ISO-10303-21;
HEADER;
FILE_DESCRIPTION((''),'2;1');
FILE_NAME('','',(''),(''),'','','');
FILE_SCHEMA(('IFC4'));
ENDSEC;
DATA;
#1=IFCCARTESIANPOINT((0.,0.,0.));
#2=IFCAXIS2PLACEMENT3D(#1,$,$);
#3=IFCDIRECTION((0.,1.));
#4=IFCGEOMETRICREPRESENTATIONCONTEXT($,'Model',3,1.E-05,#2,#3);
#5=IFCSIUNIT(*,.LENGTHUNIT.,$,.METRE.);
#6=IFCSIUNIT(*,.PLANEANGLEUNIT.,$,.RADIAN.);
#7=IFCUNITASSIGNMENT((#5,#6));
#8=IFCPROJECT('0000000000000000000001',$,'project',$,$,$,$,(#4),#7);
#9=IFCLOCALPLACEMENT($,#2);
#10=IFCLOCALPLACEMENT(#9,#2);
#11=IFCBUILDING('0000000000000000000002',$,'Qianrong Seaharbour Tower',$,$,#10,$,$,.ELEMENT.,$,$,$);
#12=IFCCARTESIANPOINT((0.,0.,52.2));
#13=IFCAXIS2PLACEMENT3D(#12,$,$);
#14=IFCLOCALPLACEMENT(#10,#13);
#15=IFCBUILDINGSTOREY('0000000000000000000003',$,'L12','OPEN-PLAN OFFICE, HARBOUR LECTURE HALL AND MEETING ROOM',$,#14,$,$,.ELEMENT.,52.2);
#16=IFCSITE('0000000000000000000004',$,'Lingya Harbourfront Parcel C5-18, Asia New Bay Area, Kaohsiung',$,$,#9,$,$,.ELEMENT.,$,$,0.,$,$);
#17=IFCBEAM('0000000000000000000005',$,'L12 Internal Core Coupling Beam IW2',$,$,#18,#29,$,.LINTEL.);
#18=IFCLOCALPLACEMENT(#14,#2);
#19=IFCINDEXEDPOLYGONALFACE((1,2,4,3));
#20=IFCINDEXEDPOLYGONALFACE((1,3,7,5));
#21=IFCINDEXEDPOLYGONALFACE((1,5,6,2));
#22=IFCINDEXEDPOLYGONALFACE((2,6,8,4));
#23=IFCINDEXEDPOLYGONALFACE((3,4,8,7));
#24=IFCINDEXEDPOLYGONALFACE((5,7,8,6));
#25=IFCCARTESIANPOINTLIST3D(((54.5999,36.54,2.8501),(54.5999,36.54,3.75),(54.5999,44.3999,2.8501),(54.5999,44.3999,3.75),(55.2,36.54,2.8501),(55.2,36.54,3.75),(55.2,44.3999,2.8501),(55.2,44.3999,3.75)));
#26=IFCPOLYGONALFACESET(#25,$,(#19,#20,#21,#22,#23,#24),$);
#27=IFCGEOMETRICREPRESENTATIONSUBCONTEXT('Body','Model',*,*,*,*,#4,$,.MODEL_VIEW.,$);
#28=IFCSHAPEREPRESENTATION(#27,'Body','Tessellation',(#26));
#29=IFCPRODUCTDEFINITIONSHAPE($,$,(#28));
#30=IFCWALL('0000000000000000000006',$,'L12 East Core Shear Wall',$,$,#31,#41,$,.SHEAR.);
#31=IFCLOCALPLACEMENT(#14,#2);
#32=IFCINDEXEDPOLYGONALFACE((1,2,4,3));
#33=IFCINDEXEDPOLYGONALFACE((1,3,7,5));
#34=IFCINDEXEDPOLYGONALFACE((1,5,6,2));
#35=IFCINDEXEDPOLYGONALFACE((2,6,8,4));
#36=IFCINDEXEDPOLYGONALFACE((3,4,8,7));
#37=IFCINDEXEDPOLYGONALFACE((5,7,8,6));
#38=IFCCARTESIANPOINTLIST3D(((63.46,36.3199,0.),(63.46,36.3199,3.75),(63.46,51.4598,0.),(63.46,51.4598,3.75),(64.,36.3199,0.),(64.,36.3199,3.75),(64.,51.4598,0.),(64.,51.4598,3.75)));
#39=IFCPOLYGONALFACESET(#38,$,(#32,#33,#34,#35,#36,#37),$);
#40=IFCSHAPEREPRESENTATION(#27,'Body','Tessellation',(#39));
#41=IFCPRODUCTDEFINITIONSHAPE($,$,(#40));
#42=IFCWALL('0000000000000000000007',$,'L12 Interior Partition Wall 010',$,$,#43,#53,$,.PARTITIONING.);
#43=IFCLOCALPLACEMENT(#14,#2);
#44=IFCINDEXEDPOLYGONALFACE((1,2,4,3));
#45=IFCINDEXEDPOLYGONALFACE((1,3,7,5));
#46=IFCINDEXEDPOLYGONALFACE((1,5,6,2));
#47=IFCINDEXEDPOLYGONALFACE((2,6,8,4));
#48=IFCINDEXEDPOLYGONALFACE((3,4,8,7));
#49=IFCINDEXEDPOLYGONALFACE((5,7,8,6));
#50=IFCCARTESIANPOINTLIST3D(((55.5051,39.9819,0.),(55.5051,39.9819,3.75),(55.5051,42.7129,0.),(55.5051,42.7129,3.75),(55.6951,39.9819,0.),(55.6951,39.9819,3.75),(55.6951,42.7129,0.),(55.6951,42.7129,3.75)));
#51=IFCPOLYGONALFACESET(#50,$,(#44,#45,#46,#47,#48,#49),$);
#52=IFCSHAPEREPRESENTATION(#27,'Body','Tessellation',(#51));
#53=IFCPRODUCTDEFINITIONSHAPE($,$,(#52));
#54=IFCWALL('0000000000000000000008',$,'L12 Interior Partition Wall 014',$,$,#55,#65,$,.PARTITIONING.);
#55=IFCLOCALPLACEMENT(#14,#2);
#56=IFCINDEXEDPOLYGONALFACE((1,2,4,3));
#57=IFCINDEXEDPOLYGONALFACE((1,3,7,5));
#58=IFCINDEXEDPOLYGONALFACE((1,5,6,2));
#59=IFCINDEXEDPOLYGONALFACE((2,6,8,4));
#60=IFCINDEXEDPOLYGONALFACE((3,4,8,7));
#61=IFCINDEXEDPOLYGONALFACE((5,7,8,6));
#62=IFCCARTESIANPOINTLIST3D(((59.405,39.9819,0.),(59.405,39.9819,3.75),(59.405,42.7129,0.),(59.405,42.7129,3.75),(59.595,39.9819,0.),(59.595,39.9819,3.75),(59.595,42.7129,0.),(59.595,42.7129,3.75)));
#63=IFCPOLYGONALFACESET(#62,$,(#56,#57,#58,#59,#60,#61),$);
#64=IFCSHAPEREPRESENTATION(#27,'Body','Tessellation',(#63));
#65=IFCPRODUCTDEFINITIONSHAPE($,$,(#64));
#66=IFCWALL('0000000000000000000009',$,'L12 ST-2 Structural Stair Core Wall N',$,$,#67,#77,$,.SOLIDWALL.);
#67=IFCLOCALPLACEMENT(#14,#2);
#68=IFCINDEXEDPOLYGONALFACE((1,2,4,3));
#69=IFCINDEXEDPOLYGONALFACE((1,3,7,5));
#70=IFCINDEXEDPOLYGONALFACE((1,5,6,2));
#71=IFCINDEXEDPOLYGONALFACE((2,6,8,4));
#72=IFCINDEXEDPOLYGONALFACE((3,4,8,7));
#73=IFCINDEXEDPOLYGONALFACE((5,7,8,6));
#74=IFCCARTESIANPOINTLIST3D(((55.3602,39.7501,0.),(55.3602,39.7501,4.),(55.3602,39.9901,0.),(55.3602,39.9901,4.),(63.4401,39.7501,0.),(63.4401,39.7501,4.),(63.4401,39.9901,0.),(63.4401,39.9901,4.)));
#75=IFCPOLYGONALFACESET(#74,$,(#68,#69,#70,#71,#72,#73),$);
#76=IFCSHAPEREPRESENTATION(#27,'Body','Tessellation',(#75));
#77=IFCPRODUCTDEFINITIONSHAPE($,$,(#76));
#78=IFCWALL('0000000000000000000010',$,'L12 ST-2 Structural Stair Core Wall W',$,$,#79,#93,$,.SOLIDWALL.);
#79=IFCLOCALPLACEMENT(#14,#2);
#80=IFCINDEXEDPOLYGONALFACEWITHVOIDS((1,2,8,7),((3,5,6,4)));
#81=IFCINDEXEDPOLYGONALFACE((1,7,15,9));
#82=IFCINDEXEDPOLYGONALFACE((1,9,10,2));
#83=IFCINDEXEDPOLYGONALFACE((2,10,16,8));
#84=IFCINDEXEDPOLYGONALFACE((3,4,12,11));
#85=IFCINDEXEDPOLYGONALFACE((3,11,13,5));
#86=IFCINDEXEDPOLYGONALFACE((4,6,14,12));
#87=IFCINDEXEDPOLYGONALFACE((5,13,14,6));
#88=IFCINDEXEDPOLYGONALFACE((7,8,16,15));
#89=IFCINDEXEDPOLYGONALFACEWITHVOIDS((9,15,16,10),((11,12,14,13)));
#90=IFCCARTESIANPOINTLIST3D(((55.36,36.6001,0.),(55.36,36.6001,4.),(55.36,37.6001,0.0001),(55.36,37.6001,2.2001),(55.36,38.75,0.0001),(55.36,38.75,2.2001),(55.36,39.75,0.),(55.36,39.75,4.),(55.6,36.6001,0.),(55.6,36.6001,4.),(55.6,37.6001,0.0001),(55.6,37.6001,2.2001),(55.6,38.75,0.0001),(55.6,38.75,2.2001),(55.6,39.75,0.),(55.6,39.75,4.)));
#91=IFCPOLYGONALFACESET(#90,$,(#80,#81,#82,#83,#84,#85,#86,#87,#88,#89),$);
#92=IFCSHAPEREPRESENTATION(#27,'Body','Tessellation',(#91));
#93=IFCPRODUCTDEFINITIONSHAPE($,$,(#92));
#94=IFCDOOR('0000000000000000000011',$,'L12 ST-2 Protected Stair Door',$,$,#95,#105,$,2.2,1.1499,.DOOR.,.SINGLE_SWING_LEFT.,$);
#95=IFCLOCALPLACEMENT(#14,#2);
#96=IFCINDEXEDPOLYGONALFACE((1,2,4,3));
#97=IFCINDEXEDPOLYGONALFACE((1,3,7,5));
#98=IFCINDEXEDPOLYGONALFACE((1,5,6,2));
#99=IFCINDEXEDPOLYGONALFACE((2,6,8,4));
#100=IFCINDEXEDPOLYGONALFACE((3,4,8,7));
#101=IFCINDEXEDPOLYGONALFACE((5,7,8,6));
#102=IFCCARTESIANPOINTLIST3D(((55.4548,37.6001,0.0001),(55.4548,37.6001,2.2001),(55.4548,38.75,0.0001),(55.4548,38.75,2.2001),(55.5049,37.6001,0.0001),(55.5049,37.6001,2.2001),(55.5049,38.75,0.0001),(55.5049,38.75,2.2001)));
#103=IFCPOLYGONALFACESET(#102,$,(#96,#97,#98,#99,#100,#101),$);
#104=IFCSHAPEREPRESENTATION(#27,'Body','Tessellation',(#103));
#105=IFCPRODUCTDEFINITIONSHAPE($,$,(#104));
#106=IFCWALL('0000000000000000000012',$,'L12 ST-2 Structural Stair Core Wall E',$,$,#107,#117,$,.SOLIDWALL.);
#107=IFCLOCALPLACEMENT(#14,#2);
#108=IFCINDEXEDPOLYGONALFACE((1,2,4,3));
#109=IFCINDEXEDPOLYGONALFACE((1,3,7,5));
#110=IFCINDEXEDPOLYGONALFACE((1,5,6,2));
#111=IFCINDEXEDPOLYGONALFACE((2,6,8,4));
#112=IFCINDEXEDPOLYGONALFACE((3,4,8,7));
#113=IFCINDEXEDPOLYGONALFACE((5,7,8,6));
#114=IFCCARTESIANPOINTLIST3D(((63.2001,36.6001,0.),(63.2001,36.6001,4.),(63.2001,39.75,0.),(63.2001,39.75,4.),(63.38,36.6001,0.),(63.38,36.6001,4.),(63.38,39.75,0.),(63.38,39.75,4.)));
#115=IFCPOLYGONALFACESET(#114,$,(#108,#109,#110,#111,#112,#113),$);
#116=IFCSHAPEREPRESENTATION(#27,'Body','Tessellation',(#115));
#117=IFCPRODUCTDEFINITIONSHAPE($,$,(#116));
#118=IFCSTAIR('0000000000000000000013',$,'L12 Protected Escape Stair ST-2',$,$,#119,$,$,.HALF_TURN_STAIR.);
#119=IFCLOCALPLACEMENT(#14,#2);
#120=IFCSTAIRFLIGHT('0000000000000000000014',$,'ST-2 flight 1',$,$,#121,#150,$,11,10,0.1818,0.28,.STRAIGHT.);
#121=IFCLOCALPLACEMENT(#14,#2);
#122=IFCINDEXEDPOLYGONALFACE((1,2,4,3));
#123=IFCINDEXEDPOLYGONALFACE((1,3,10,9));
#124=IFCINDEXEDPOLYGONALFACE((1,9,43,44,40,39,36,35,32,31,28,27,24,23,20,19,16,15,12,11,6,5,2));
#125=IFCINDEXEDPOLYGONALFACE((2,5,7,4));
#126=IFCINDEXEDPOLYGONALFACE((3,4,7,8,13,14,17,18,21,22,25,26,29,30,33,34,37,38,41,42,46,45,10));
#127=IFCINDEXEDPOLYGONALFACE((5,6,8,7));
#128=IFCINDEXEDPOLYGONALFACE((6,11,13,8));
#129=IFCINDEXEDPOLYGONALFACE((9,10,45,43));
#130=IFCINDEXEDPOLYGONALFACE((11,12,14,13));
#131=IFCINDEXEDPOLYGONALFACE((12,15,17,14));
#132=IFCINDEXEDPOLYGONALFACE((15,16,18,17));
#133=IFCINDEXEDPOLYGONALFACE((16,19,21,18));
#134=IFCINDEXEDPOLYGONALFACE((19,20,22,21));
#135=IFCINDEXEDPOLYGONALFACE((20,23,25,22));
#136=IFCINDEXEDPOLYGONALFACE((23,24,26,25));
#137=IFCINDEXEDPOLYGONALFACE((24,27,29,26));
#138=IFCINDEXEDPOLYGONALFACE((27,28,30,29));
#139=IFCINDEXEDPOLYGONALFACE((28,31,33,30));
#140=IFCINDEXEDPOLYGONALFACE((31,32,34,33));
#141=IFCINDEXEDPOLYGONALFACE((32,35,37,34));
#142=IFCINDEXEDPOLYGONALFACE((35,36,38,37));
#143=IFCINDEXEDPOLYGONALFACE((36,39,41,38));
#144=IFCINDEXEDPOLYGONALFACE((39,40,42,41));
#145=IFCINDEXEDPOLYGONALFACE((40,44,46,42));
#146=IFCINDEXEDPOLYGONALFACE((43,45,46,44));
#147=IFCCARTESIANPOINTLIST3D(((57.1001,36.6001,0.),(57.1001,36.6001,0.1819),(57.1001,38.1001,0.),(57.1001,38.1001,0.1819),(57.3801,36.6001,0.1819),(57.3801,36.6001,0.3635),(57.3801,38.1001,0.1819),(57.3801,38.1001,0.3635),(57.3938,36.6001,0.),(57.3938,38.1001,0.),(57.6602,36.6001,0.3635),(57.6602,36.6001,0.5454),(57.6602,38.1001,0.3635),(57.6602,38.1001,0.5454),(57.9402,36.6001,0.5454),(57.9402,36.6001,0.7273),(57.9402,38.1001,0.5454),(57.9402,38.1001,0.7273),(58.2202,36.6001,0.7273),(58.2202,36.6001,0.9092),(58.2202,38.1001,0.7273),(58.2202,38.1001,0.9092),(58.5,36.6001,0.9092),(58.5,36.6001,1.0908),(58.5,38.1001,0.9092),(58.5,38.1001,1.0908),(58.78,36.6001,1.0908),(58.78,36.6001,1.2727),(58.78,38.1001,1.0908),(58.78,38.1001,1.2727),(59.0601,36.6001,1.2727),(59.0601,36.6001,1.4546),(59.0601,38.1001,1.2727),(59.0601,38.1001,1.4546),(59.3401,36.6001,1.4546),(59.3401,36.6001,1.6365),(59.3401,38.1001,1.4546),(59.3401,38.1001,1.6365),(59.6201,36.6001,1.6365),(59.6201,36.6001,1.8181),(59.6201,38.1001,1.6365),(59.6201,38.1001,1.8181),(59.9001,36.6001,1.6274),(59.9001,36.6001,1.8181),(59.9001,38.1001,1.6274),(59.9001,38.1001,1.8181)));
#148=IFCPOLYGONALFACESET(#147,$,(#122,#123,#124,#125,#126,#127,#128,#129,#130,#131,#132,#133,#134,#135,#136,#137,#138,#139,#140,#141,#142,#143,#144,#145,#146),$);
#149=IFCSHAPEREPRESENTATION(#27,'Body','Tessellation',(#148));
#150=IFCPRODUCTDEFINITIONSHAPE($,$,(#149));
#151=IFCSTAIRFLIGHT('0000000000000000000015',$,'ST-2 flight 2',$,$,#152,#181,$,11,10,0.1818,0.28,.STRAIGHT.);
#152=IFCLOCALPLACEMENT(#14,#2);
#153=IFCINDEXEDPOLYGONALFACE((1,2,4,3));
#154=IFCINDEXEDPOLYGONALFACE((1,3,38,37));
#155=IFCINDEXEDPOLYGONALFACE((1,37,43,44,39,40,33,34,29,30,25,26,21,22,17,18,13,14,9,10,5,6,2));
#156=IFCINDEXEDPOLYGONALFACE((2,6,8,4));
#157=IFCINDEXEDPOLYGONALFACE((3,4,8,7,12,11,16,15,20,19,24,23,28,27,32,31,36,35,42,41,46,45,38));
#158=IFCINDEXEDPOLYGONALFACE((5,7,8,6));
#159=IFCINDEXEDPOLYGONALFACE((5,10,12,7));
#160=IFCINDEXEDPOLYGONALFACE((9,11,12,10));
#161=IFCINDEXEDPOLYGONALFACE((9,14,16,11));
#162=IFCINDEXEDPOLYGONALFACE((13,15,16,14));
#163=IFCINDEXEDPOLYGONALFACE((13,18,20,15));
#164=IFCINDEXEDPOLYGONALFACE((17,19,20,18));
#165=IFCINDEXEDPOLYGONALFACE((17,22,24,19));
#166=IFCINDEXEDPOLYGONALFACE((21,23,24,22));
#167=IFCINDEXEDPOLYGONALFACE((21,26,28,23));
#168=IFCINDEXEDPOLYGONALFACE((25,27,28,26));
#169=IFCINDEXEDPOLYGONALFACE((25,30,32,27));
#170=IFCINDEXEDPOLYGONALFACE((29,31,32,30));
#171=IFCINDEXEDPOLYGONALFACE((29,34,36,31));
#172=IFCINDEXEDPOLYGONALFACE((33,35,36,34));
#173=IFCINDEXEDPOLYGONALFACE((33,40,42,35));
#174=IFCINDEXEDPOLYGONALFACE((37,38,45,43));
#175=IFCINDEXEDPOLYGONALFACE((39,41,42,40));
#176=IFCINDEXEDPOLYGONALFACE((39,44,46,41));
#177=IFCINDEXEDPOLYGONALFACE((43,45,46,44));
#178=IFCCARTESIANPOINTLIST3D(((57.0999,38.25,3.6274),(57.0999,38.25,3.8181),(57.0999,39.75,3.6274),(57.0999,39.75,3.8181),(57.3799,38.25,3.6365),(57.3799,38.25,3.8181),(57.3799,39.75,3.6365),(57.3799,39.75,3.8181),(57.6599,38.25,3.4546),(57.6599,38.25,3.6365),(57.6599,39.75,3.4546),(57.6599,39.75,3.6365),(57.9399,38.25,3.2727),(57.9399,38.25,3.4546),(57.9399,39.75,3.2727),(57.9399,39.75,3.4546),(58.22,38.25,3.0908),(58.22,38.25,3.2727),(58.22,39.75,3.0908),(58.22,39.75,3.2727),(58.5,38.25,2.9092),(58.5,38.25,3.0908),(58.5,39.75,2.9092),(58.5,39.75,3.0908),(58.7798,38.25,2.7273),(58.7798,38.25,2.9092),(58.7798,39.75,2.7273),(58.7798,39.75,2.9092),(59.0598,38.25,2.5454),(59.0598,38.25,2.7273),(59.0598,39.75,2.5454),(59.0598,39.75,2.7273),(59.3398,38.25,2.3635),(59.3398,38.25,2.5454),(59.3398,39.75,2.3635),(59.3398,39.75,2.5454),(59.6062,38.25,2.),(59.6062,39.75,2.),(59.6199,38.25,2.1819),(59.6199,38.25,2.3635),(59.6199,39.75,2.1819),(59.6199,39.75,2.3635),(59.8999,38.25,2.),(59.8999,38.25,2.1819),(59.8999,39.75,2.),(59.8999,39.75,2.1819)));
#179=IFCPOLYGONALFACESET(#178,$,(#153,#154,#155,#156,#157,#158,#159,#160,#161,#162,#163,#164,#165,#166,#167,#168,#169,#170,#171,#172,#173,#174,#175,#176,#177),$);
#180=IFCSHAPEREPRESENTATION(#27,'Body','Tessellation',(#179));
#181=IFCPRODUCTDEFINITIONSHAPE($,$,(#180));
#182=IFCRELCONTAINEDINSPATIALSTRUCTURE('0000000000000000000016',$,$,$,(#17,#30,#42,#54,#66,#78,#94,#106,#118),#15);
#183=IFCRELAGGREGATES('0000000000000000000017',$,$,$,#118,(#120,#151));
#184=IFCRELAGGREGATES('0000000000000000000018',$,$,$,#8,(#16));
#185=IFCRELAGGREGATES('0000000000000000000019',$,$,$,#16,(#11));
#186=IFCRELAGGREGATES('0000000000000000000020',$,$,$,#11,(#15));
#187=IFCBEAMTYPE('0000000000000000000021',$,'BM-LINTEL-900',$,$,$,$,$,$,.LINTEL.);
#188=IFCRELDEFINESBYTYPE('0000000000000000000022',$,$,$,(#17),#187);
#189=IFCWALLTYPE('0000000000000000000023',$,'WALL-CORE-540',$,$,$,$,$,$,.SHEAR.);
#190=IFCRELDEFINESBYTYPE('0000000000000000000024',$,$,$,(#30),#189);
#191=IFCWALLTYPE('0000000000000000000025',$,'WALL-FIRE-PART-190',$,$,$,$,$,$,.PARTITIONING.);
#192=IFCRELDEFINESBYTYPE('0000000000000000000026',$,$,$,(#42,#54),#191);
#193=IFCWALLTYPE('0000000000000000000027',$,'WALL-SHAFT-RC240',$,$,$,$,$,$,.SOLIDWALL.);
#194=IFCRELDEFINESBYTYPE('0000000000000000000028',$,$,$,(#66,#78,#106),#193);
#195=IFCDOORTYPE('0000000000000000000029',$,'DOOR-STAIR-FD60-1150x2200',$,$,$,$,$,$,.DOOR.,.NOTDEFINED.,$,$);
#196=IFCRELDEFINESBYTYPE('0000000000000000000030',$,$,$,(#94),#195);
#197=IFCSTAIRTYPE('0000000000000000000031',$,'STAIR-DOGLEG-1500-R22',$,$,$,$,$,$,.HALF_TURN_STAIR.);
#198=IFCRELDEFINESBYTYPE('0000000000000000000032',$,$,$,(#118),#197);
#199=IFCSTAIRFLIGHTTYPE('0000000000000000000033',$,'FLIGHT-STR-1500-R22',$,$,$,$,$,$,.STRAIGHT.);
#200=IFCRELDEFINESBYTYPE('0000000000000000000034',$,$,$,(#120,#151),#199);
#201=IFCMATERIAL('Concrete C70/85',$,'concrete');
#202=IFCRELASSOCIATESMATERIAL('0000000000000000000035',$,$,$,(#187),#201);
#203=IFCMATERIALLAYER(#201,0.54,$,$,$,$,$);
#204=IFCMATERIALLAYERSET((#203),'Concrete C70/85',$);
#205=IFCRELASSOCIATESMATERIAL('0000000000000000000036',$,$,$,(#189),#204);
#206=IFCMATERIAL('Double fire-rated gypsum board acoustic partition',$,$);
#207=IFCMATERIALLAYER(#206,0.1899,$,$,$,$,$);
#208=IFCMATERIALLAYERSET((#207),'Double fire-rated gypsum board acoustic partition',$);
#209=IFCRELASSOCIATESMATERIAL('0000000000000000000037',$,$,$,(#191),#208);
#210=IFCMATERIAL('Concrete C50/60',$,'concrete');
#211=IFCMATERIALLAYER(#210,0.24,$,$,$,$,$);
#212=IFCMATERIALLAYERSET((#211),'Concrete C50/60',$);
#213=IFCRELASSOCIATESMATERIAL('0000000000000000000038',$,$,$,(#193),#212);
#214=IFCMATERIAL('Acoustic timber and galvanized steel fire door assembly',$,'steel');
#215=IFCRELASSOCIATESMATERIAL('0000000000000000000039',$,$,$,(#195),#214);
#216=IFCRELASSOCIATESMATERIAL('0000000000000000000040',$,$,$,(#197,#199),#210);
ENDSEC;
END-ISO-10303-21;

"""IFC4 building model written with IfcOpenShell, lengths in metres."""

from ifc_helpers import new_model, si_unit, direction, frame, frame_2d, origin, origin_2d, place, context, subcontext, project, spatial, polyline, rectangle, outline, extrude, material, layer, layer_set, material_profile, profile_set, type_object, element, fill, aggregate, save


model = new_model("IFC4")

# Units and contexts
model_context = context("Model", 3, precision=1e-05, world=origin(), true_north=direction((0.0, 1.0)))
body_context = subcontext(model_context, "Body", "Model", "MODEL_VIEW")
ifc_project = project(units=[si_unit("LENGTHUNIT", "METRE"), si_unit("PLANEANGLEUNIT", "RADIAN")], contexts=[model_context])

# Site, building, storey
site_placement = place(None, origin())
site = spatial("IfcSite", under=ifc_project, at=site_placement, Name="Lingya Harbourfront Parcel C5-18, Asia New Bay Area, Kaohsiung", CompositionType="ELEMENT", RefElevation=0.0)
building_placement = place(site_placement, origin())
building = spatial("IfcBuilding", under=site, at=building_placement, Name="Qianrong Seaharbour Tower", CompositionType="ELEMENT")
storey_placement = place(building_placement, frame((0.0, 0.0, 52.2)))
storey = spatial("IfcBuildingStorey", under=building, at=storey_placement, Name="L12", Description="OPEN-PLAN OFFICE, HARBOUR LECTURE HALL AND MEETING ROOM", CompositionType="ELEMENT", Elevation=52.2)

# Beam
ifc_material_1 = material(Name="Concrete C70/85", Category="concrete")
ifc_material_profile = material_profile(ifc_material_1, rectangle(XDim=0.6001, YDim=0.8999, at=origin_2d()), Name="RC600x900")
ifc_profile_set = profile_set([ifc_material_profile], Name="Concrete C70/85")
beam_type = type_object("IfcBeamType", Name="BM-LINTEL-900", PredefinedType="LINTEL", material=ifc_profile_set)
beam_placement = place(storey_placement, frame((54.8999, 36.54, 3.3), z_axis=(0.0, 1.0, 0.0), x_axis=(-1.0, 0.0, 0.0)))
element("IfcBeam", 1, at=beam_placement, inside=storey, type_object=beam_type, Name="L12 Internal Core Coupling Beam IW2", PredefinedType="LINTEL", context=body_context, shape_type="SweptSolid", body=[
    extrude(rectangle(XDim=0.6001, YDim=0.8999, at=origin_2d()), origin(), (0.0, 0.0, 1.0), 7.8599),
])

# Walls
ifc_layer_1 = layer(ifc_material_1, 0.54)
ifc_layer_set_1 = layer_set([ifc_layer_1], Name="Concrete C70/85")
wall_type_1 = type_object("IfcWallType", Name="WALL-CORE-540", PredefinedType="SHEAR", material=ifc_layer_set_1)
wall_1_placement = place(storey_placement, frame((63.73, 36.3201, 0.0), z_axis=(0.0, 0.0, 1.0), x_axis=(0.0, 1.0, 0.0)))
element("IfcWall", 2, at=wall_1_placement, inside=storey, type_object=wall_type_1, Name="L12 East Core Shear Wall", PredefinedType="SHEAR", context=body_context, shape_type="SweptSolid", body=[
    extrude(rectangle(XDim=15.1399, YDim=0.54, at=frame_2d((7.5698, 0.0))), origin(), (0.0, 0.0, 1.0), 3.75),
])
ifc_material_2 = material(Name="Double fire-rated gypsum board acoustic partition")
ifc_layer_2 = layer(ifc_material_2, 0.1899)
ifc_layer_set_2 = layer_set([ifc_layer_2], Name="Double fire-rated gypsum board acoustic partition")
wall_type_2 = type_object("IfcWallType", Name="WALL-FIRE-PART-190", PredefinedType="PARTITIONING", material=ifc_layer_set_2)
for number, where, z_axis, x_axis, name in (
    (3, (55.6001, 42.7129, 0.0), (0.0, 0.0, 1.0), (0.0, -1.0, 0.0), "L12 Interior Partition Wall 010"),
    (4, (59.5, 42.7129, 0.0), (0.0, 0.0, 1.0), (0.0, -1.0, 0.0), "L12 Interior Partition Wall 014"),
):
    element("IfcWall", number, at=place(storey_placement, frame(where, z_axis=z_axis, x_axis=x_axis)), inside=storey, type_object=wall_type_2, Name=name, PredefinedType="PARTITIONING", context=body_context, shape_type="SweptSolid", body=[
        extrude(rectangle(XDim=2.731, YDim=0.1899, at=frame_2d((1.3655, 0.0))), origin(), (0.0, 0.0, 1.0), 3.75),
    ])
ifc_material_3 = material(Name="Concrete C50/60", Category="concrete")
ifc_layer_3 = layer(ifc_material_3, 0.24)
ifc_layer_set_3 = layer_set([ifc_layer_3], Name="Concrete C50/60")
wall_type_3 = type_object("IfcWallType", Name="WALL-SHAFT-RC240", PredefinedType="SOLIDWALL", material=ifc_layer_set_3)
wall_2_placement = place(storey_placement, frame((55.3601, 39.8701, 0.0), z_axis=(0.0, 0.0, 1.0), x_axis=(1.0, 0.0, 0.0)))
element("IfcWall", 5, at=wall_2_placement, inside=storey, type_object=wall_type_3, Name="L12 ST-2 Structural Stair Core Wall N", PredefinedType="SOLIDWALL", context=body_context, shape_type="SweptSolid", body=[
    extrude(rectangle(XDim=8.0798, YDim=0.24, at=frame_2d((4.04, 0.0))), origin(), (0.0, 0.0, 1.0), 4.0),
])

# Wall, opening, door
wall_3_placement = place(storey_placement, frame((55.48, 39.75, 0.0), z_axis=(0.0, 0.0, 1.0), x_axis=(0.0, -1.0, 0.0)))
wall_3 = element("IfcWall", 6, at=wall_3_placement, inside=storey, type_object=wall_type_3, Name="L12 ST-2 Structural Stair Core Wall W", PredefinedType="SOLIDWALL", context=body_context, shape_type="SweptSolid", body=[
    extrude(rectangle(XDim=3.1499, YDim=0.24, at=frame_2d((1.575, 0.0))), origin(), (0.0, 0.0, 1.0), 4.0),
])
opening_placement = place(wall_3_placement, frame((1.0, 0.0, 0.0)))
opening = element("IfcOpeningElement", 7, at=opening_placement, cuts=wall_3, PredefinedType="OPENING", context=body_context, shape_type="SweptSolid", body=[
    extrude(rectangle(XDim=1.1499, YDim=2.2, at=frame_2d((0.575, 1.1001))), frame((0.0, 0.1299, 0.0), z_axis=(0.0, -1.0, 0.0), x_axis=(1.0, 0.0, 0.0)), (0.0, 0.0, 1.0), 0.26),
])
ifc_material_4 = material(Name="Acoustic timber and galvanized steel fire door assembly", Category="steel")
door_type = type_object("IfcDoorType", Name="DOOR-STAIR-FD60-1150x2200", OperationType="NOTDEFINED", PredefinedType="DOOR", material=ifc_material_4)
door_placement = place(opening_placement, origin())
door = element("IfcDoor", 8, at=door_placement, inside=storey, type_object=door_type, Name="L12 ST-2 Protected Stair Door", OperationType="SINGLE_SWING_LEFT", OverallHeight=2.2, OverallWidth=1.1499, PredefinedType="DOOR", context=body_context, shape_type="SweptSolid", body=[
    extrude(rectangle(XDim=1.1499, YDim=2.2, at=frame_2d((0.575, 1.1001))), frame((0.0, 0.0249, 0.0), z_axis=(0.0, -1.0, 0.0), x_axis=(1.0, 0.0, 0.0)), (0.0, 0.0, 1.0), 0.05),
])
fill(opening, door)

# Wall
wall_4_placement = place(storey_placement, frame((63.29, 36.6001, 0.0), z_axis=(0.0, 0.0, 1.0), x_axis=(0.0, 1.0, 0.0)))
element("IfcWall", 9, at=wall_4_placement, inside=storey, type_object=wall_type_3, Name="L12 ST-2 Structural Stair Core Wall E", PredefinedType="SOLIDWALL", context=body_context, shape_type="SweptSolid", body=[
    extrude(rectangle(XDim=3.1499, YDim=0.1799, at=frame_2d((1.575, 0.0))), origin(), (0.0, 0.0, 1.0), 4.0),
])

# Stair, stair flights
stair_type = type_object("IfcStairType", Name="STAIR-DOGLEG-1500-R22", PredefinedType="HALF_TURN_STAIR", material=ifc_material_3)
stair_placement = place(storey_placement, origin())
stair = element("IfcStair", 10, at=stair_placement, inside=storey, type_object=stair_type, Name="L12 Protected Escape Stair ST-2", PredefinedType="HALF_TURN_STAIR")
stair_flight_type = type_object("IfcStairFlightType", Name="FLIGHT-STR-1500-R22", PredefinedType="STRAIGHT", material=ifc_material_3)
stair_flight_1_placement = place(storey_placement, frame((57.1001, 37.3501, 0.0), z_axis=(0.0, 0.0, 1.0), x_axis=(1.0, 0.0, 0.0)))
stair_flight_1 = element("IfcStairFlight", 11, at=stair_flight_1_placement, type_object=stair_flight_type, Name="ST-2 flight 1", NumberOfRisers=11, NumberOfTreads=10, PredefinedType="STRAIGHT", RiserHeight=0.1818, TreadLength=0.28, context=body_context, shape_type="SweptSolid", body=[
    extrude(outline(polyline([(0.0, 0.0), (0.0, 0.1819), (0.28, 0.1819), (0.28, 0.3635), (0.5601, 0.3635), (0.5601, 0.5454), (0.8401, 0.5454), (0.8401, 0.7273), (1.1201, 0.7273), (1.1201, 0.9092), (1.3999, 0.9092), (1.3999, 1.0908), (1.6799, 1.0908), (1.6799, 1.2727), (1.96, 1.2727), (1.96, 1.4546), (2.24, 1.4546), (2.24, 1.6365), (2.52, 1.6365), (2.52, 1.8181), (2.8, 1.8181), (2.8, 2.0), (2.8, 1.6274), (0.2937, 0.0), (0.0, 0.0)])), frame((0.0, 0.75, 0.0), z_axis=(0.0, -1.0, 0.0), x_axis=(1.0, 0.0, 0.0)), (0.0, 0.0, 1.0), 1.5),
])
stair_flight_2_placement = place(storey_placement, frame((59.8999, 39.0, 2.0), z_axis=(0.0, 0.0, 1.0), x_axis=(-1.0, 0.0, 0.0)))
stair_flight_2 = element("IfcStairFlight", 12, at=stair_flight_2_placement, type_object=stair_flight_type, Name="ST-2 flight 2", NumberOfRisers=11, NumberOfTreads=10, PredefinedType="STRAIGHT", RiserHeight=0.1818, TreadLength=0.28, context=body_context, shape_type="SweptSolid", body=[
    extrude(outline(polyline([(0.0, 0.0), (0.0, 0.1819), (0.28, 0.1819), (0.28, 0.3635), (0.5601, 0.3635), (0.5601, 0.5454), (0.8401, 0.5454), (0.8401, 0.7273), (1.1201, 0.7273), (1.1201, 0.9092), (1.3999, 0.9092), (1.3999, 1.0908), (1.6799, 1.0908), (1.6799, 1.2727), (1.96, 1.2727), (1.96, 1.4546), (2.24, 1.4546), (2.24, 1.6365), (2.52, 1.6365), (2.52, 1.8181), (2.8, 1.8181), (2.8, 2.0), (2.8, 1.6274), (0.2937, 0.0), (0.0, 0.0)])), frame((0.0, 0.75, 0.0), z_axis=(0.0, -1.0, 0.0), x_axis=(1.0, 0.0, 0.0)), (0.0, 0.0, 1.0), 1.5),
])
aggregate(stair, [stair_flight_1, stair_flight_2])

save(model, "model.ifc")
